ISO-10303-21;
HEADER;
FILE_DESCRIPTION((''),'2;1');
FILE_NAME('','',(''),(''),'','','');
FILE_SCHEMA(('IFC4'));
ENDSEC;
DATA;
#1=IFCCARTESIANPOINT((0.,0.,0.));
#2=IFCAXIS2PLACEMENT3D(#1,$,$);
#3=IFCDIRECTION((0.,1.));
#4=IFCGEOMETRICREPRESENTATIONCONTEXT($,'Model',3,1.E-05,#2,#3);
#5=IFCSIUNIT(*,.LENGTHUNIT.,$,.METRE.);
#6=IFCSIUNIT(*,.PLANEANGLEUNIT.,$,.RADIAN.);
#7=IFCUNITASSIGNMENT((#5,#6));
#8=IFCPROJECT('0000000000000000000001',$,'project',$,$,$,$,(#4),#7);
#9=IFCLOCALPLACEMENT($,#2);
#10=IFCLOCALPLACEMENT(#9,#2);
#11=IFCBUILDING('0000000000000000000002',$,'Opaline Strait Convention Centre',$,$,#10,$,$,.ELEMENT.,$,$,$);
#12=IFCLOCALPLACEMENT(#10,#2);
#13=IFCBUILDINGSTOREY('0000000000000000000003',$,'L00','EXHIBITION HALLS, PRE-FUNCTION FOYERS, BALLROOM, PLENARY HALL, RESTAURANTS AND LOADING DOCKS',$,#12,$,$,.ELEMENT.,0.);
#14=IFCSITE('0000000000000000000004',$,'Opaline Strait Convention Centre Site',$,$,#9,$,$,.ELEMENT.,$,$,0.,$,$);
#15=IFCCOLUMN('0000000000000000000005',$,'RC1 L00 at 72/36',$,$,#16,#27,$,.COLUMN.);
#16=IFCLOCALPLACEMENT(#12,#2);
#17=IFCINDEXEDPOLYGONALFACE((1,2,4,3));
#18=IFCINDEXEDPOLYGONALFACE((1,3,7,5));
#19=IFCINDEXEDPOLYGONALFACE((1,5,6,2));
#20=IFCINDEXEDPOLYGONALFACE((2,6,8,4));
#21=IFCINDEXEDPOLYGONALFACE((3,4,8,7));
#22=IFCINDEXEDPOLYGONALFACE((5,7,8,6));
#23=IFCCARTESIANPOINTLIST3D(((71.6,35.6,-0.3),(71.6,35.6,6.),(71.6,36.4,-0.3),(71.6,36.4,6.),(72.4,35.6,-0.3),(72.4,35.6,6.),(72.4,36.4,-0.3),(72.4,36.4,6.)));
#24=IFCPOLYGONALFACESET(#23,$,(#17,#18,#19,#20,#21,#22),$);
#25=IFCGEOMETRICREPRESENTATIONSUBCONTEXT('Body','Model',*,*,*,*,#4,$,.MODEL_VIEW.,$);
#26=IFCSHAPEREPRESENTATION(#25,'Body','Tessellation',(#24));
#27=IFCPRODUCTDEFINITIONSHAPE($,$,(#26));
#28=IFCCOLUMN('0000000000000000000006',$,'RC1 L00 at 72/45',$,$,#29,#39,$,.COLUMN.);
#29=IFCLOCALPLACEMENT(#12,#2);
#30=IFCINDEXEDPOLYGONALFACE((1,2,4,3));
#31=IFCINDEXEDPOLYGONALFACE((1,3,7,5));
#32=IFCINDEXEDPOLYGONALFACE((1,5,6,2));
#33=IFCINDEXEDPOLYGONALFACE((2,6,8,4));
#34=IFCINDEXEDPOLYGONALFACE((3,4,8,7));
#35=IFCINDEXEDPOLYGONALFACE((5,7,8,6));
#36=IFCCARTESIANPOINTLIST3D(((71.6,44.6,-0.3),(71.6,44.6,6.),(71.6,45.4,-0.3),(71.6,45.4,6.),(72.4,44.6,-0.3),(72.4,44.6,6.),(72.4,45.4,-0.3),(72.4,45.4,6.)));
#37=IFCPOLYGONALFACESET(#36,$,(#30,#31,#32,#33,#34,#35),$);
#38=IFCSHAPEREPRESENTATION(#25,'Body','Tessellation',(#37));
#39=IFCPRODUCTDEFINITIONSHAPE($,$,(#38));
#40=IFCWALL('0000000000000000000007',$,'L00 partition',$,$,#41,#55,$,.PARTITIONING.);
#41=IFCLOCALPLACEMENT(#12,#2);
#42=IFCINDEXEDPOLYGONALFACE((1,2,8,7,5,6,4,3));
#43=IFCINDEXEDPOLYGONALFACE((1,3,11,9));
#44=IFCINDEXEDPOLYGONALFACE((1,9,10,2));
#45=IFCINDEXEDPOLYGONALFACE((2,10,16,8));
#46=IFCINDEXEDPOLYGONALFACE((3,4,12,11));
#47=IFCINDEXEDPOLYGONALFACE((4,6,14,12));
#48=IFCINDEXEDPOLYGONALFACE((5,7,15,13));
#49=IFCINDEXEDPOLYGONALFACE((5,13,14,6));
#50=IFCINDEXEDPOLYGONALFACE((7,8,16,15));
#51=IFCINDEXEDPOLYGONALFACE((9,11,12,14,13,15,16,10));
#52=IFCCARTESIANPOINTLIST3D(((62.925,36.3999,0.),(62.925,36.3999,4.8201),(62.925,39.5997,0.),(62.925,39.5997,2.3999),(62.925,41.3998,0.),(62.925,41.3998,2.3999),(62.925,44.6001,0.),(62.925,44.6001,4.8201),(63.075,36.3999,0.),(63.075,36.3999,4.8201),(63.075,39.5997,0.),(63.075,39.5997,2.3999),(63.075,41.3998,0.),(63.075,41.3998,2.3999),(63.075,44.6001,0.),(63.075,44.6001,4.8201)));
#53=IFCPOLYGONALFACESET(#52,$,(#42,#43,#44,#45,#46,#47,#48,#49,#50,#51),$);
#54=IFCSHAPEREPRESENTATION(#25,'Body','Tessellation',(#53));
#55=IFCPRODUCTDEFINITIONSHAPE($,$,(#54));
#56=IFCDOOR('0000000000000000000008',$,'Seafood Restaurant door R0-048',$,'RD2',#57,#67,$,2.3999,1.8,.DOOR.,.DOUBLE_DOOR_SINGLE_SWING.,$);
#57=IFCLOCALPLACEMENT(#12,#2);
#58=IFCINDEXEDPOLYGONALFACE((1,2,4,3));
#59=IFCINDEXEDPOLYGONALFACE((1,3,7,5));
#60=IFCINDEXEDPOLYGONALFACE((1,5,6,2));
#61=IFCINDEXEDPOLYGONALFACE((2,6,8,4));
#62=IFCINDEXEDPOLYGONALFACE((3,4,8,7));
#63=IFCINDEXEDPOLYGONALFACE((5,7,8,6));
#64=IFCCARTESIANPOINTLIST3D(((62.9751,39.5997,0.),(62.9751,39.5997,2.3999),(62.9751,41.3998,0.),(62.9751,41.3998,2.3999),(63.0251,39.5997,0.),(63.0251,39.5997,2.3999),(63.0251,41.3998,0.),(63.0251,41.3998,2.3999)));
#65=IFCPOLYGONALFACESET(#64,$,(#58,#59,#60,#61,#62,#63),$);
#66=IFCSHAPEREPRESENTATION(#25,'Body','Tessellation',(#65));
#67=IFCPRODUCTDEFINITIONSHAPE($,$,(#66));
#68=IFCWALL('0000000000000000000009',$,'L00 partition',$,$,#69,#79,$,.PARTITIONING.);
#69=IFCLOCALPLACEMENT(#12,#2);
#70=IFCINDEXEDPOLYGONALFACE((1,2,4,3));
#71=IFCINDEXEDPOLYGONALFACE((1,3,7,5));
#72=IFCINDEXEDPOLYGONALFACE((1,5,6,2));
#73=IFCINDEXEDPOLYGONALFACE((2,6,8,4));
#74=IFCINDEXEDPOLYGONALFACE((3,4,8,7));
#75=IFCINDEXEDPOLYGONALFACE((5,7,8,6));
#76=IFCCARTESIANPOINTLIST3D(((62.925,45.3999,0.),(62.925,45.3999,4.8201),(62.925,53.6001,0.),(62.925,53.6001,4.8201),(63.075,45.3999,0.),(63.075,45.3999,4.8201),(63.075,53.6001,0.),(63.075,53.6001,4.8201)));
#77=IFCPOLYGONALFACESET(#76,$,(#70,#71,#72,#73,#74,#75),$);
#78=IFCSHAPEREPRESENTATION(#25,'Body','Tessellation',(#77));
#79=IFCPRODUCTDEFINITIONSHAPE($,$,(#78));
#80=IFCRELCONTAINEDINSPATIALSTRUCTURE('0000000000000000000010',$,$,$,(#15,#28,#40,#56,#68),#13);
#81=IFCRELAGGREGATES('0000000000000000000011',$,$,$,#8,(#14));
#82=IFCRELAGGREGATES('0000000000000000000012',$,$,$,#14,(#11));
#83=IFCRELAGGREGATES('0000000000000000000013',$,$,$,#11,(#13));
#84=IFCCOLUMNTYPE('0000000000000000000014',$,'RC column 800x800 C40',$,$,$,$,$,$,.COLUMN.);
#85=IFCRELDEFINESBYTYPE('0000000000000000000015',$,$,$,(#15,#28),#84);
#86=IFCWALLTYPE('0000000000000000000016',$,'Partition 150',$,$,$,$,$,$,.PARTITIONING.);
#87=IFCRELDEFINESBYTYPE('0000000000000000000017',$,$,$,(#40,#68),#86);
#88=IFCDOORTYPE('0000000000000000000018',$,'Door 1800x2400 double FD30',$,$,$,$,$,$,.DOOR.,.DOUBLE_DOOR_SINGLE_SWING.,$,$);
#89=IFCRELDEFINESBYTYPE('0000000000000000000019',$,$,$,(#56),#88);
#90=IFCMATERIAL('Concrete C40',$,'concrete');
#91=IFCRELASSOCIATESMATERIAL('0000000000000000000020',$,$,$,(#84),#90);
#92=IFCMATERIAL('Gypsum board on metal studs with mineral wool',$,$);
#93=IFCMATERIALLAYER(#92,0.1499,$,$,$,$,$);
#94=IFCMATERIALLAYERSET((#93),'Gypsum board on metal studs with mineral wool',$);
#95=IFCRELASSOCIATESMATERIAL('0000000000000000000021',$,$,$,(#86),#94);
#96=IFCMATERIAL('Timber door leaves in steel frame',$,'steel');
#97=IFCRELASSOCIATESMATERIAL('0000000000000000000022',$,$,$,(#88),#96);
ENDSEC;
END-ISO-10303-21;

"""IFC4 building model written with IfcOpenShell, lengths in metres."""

from ifc_helpers import new_model, si_unit, direction, frame, frame_2d, origin, origin_2d, place, context, subcontext, project, spatial, rectangle, extrude, material, layer, layer_set, material_profile, profile_set, type_object, element, fill, save


model = new_model("IFC4")

# Units and contexts
model_context = context("Model", 3, precision=1e-05, world=origin(), true_north=direction((0.0, 1.0)))
body_context = subcontext(model_context, "Body", "Model", "MODEL_VIEW")
ifc_project = project(units=[si_unit("LENGTHUNIT", "METRE"), si_unit("PLANEANGLEUNIT", "RADIAN")], contexts=[model_context])

# Site, building, storey
site_placement = place(None, origin())
site = spatial("IfcSite", under=ifc_project, at=site_placement, Name="Opaline Strait Convention Centre Site", CompositionType="ELEMENT", RefElevation=0.0)
building_placement = place(site_placement, origin())
building = spatial("IfcBuilding", under=site, at=building_placement, Name="Opaline Strait Convention Centre", CompositionType="ELEMENT")
storey_placement = place(building_placement, origin())
storey = spatial("IfcBuildingStorey", under=building, at=storey_placement, Name="L00", Description="EXHIBITION HALLS, PRE-FUNCTION FOYERS, BALLROOM, PLENARY HALL, RESTAURANTS AND LOADING DOCKS", CompositionType="ELEMENT", Elevation=0.0)

# Columns
ifc_material_1 = material(Name="Concrete C40", Category="concrete")
ifc_material_profile_1 = material_profile(ifc_material_1, rectangle(XDim=0.8, YDim=0.8, at=origin_2d()), Name="RC 800x800")
ifc_profile_set_1 = profile_set([ifc_material_profile_1], Name="Concrete C40")
column_type = type_object("IfcColumnType", Name="RC column 800x800 C40", PredefinedType="COLUMN", material=ifc_profile_set_1)
for number, where, z_axis, x_axis, name in (
    (1, (72.0, 36.0, -0.3), (0.0, 0.0, 1.0), (1.0, 0.0, 0.0), "RC1 L00 at 72/36"),
    (2, (72.0, 45.0, -0.3), (0.0, 0.0, 1.0), (1.0, 0.0, 0.0), "RC1 L00 at 72/45"),
):
    element("IfcColumn", number, at=place(storey_placement, frame(where, z_axis=z_axis, x_axis=x_axis)), inside=storey, type_object=column_type, Name=name, PredefinedType="COLUMN", context=body_context, shape_type="SweptSolid", body=[
        extrude(rectangle(XDim=0.8, YDim=0.8, at=origin_2d()), origin(), (0.0, 0.0, 1.0), 6.3),
    ])

# Wall, opening, door
ifc_material_2 = material(Name="Gypsum board on metal studs with mineral wool")
ifc_layer = layer(ifc_material_2, 0.1499)
ifc_layer_set = layer_set([ifc_layer], Name="Gypsum board on metal studs with mineral wool")
wall_type = type_object("IfcWallType", Name="Partition 150", PredefinedType="PARTITIONING", material=ifc_layer_set)
wall_1_placement = place(storey_placement, frame((63.0, 36.3999, 0.0), z_axis=(0.0, 0.0, 1.0), x_axis=(0.0, 1.0, 0.0)))
wall_1 = element("IfcWall", 3, at=wall_1_placement, inside=storey, type_object=wall_type, Name="L00 partition", PredefinedType="PARTITIONING", context=body_context, shape_type="SweptSolid", body=[
    extrude(rectangle(XDim=8.2002, YDim=0.1499, at=frame_2d((4.1001, 0.0))), origin(), (0.0, 0.0, 1.0), 4.8201),
])
opening_placement = place(wall_1_placement, frame((3.2, 0.0, 0.0)))
opening = element("IfcOpeningElement", 4, at=opening_placement, cuts=wall_1, PredefinedType="OPENING", context=body_context, shape_type="SweptSolid", body=[
    extrude(rectangle(XDim=1.8, YDim=2.3999, at=frame_2d((0.8999, 1.2))), frame((0.0, 0.085, 0.0), z_axis=(0.0, -1.0, 0.0), x_axis=(1.0, 0.0, 0.0)), (0.0, 0.0, 1.0), 0.1699),
])
ifc_material_3 = material(Name="Timber door leaves in steel frame", Category="steel")
door_type = type_object("IfcDoorType", Name="Door 1800x2400 double FD30", OperationType="DOUBLE_DOOR_SINGLE_SWING", PredefinedType="DOOR", material=ifc_material_3)
door_placement = place(opening_placement, origin())
door = element("IfcDoor", 5, at=door_placement, inside=storey, type_object=door_type, Name="Seafood Restaurant door R0-048", ObjectType="RD2", OperationType="DOUBLE_DOOR_SINGLE_SWING", OverallHeight=2.3999, OverallWidth=1.8, PredefinedType="DOOR", context=body_context, shape_type="SweptSolid", body=[
    extrude(rectangle(XDim=1.8, YDim=2.3999, at=frame_2d((0.8999, 1.2))), frame((0.0, 0.0249, 0.0), z_axis=(0.0, -1.0, 0.0), x_axis=(1.0, 0.0, 0.0)), (0.0, 0.0, 1.0), 0.05),
])
fill(opening, door)

# Wall
wall_2_placement = place(storey_placement, frame((63.0, 45.3999, 0.0), z_axis=(0.0, 0.0, 1.0), x_axis=(0.0, 1.0, 0.0)))
element("IfcWall", 6, at=wall_2_placement, inside=storey, type_object=wall_type, Name="L00 partition", PredefinedType="PARTITIONING", context=body_context, shape_type="SweptSolid", body=[
    extrude(rectangle(XDim=8.2002, YDim=0.1499, at=frame_2d((4.1001, 0.0))), origin(), (0.0, 0.0, 1.0), 4.8201),
])

save(model, "model.ifc")
